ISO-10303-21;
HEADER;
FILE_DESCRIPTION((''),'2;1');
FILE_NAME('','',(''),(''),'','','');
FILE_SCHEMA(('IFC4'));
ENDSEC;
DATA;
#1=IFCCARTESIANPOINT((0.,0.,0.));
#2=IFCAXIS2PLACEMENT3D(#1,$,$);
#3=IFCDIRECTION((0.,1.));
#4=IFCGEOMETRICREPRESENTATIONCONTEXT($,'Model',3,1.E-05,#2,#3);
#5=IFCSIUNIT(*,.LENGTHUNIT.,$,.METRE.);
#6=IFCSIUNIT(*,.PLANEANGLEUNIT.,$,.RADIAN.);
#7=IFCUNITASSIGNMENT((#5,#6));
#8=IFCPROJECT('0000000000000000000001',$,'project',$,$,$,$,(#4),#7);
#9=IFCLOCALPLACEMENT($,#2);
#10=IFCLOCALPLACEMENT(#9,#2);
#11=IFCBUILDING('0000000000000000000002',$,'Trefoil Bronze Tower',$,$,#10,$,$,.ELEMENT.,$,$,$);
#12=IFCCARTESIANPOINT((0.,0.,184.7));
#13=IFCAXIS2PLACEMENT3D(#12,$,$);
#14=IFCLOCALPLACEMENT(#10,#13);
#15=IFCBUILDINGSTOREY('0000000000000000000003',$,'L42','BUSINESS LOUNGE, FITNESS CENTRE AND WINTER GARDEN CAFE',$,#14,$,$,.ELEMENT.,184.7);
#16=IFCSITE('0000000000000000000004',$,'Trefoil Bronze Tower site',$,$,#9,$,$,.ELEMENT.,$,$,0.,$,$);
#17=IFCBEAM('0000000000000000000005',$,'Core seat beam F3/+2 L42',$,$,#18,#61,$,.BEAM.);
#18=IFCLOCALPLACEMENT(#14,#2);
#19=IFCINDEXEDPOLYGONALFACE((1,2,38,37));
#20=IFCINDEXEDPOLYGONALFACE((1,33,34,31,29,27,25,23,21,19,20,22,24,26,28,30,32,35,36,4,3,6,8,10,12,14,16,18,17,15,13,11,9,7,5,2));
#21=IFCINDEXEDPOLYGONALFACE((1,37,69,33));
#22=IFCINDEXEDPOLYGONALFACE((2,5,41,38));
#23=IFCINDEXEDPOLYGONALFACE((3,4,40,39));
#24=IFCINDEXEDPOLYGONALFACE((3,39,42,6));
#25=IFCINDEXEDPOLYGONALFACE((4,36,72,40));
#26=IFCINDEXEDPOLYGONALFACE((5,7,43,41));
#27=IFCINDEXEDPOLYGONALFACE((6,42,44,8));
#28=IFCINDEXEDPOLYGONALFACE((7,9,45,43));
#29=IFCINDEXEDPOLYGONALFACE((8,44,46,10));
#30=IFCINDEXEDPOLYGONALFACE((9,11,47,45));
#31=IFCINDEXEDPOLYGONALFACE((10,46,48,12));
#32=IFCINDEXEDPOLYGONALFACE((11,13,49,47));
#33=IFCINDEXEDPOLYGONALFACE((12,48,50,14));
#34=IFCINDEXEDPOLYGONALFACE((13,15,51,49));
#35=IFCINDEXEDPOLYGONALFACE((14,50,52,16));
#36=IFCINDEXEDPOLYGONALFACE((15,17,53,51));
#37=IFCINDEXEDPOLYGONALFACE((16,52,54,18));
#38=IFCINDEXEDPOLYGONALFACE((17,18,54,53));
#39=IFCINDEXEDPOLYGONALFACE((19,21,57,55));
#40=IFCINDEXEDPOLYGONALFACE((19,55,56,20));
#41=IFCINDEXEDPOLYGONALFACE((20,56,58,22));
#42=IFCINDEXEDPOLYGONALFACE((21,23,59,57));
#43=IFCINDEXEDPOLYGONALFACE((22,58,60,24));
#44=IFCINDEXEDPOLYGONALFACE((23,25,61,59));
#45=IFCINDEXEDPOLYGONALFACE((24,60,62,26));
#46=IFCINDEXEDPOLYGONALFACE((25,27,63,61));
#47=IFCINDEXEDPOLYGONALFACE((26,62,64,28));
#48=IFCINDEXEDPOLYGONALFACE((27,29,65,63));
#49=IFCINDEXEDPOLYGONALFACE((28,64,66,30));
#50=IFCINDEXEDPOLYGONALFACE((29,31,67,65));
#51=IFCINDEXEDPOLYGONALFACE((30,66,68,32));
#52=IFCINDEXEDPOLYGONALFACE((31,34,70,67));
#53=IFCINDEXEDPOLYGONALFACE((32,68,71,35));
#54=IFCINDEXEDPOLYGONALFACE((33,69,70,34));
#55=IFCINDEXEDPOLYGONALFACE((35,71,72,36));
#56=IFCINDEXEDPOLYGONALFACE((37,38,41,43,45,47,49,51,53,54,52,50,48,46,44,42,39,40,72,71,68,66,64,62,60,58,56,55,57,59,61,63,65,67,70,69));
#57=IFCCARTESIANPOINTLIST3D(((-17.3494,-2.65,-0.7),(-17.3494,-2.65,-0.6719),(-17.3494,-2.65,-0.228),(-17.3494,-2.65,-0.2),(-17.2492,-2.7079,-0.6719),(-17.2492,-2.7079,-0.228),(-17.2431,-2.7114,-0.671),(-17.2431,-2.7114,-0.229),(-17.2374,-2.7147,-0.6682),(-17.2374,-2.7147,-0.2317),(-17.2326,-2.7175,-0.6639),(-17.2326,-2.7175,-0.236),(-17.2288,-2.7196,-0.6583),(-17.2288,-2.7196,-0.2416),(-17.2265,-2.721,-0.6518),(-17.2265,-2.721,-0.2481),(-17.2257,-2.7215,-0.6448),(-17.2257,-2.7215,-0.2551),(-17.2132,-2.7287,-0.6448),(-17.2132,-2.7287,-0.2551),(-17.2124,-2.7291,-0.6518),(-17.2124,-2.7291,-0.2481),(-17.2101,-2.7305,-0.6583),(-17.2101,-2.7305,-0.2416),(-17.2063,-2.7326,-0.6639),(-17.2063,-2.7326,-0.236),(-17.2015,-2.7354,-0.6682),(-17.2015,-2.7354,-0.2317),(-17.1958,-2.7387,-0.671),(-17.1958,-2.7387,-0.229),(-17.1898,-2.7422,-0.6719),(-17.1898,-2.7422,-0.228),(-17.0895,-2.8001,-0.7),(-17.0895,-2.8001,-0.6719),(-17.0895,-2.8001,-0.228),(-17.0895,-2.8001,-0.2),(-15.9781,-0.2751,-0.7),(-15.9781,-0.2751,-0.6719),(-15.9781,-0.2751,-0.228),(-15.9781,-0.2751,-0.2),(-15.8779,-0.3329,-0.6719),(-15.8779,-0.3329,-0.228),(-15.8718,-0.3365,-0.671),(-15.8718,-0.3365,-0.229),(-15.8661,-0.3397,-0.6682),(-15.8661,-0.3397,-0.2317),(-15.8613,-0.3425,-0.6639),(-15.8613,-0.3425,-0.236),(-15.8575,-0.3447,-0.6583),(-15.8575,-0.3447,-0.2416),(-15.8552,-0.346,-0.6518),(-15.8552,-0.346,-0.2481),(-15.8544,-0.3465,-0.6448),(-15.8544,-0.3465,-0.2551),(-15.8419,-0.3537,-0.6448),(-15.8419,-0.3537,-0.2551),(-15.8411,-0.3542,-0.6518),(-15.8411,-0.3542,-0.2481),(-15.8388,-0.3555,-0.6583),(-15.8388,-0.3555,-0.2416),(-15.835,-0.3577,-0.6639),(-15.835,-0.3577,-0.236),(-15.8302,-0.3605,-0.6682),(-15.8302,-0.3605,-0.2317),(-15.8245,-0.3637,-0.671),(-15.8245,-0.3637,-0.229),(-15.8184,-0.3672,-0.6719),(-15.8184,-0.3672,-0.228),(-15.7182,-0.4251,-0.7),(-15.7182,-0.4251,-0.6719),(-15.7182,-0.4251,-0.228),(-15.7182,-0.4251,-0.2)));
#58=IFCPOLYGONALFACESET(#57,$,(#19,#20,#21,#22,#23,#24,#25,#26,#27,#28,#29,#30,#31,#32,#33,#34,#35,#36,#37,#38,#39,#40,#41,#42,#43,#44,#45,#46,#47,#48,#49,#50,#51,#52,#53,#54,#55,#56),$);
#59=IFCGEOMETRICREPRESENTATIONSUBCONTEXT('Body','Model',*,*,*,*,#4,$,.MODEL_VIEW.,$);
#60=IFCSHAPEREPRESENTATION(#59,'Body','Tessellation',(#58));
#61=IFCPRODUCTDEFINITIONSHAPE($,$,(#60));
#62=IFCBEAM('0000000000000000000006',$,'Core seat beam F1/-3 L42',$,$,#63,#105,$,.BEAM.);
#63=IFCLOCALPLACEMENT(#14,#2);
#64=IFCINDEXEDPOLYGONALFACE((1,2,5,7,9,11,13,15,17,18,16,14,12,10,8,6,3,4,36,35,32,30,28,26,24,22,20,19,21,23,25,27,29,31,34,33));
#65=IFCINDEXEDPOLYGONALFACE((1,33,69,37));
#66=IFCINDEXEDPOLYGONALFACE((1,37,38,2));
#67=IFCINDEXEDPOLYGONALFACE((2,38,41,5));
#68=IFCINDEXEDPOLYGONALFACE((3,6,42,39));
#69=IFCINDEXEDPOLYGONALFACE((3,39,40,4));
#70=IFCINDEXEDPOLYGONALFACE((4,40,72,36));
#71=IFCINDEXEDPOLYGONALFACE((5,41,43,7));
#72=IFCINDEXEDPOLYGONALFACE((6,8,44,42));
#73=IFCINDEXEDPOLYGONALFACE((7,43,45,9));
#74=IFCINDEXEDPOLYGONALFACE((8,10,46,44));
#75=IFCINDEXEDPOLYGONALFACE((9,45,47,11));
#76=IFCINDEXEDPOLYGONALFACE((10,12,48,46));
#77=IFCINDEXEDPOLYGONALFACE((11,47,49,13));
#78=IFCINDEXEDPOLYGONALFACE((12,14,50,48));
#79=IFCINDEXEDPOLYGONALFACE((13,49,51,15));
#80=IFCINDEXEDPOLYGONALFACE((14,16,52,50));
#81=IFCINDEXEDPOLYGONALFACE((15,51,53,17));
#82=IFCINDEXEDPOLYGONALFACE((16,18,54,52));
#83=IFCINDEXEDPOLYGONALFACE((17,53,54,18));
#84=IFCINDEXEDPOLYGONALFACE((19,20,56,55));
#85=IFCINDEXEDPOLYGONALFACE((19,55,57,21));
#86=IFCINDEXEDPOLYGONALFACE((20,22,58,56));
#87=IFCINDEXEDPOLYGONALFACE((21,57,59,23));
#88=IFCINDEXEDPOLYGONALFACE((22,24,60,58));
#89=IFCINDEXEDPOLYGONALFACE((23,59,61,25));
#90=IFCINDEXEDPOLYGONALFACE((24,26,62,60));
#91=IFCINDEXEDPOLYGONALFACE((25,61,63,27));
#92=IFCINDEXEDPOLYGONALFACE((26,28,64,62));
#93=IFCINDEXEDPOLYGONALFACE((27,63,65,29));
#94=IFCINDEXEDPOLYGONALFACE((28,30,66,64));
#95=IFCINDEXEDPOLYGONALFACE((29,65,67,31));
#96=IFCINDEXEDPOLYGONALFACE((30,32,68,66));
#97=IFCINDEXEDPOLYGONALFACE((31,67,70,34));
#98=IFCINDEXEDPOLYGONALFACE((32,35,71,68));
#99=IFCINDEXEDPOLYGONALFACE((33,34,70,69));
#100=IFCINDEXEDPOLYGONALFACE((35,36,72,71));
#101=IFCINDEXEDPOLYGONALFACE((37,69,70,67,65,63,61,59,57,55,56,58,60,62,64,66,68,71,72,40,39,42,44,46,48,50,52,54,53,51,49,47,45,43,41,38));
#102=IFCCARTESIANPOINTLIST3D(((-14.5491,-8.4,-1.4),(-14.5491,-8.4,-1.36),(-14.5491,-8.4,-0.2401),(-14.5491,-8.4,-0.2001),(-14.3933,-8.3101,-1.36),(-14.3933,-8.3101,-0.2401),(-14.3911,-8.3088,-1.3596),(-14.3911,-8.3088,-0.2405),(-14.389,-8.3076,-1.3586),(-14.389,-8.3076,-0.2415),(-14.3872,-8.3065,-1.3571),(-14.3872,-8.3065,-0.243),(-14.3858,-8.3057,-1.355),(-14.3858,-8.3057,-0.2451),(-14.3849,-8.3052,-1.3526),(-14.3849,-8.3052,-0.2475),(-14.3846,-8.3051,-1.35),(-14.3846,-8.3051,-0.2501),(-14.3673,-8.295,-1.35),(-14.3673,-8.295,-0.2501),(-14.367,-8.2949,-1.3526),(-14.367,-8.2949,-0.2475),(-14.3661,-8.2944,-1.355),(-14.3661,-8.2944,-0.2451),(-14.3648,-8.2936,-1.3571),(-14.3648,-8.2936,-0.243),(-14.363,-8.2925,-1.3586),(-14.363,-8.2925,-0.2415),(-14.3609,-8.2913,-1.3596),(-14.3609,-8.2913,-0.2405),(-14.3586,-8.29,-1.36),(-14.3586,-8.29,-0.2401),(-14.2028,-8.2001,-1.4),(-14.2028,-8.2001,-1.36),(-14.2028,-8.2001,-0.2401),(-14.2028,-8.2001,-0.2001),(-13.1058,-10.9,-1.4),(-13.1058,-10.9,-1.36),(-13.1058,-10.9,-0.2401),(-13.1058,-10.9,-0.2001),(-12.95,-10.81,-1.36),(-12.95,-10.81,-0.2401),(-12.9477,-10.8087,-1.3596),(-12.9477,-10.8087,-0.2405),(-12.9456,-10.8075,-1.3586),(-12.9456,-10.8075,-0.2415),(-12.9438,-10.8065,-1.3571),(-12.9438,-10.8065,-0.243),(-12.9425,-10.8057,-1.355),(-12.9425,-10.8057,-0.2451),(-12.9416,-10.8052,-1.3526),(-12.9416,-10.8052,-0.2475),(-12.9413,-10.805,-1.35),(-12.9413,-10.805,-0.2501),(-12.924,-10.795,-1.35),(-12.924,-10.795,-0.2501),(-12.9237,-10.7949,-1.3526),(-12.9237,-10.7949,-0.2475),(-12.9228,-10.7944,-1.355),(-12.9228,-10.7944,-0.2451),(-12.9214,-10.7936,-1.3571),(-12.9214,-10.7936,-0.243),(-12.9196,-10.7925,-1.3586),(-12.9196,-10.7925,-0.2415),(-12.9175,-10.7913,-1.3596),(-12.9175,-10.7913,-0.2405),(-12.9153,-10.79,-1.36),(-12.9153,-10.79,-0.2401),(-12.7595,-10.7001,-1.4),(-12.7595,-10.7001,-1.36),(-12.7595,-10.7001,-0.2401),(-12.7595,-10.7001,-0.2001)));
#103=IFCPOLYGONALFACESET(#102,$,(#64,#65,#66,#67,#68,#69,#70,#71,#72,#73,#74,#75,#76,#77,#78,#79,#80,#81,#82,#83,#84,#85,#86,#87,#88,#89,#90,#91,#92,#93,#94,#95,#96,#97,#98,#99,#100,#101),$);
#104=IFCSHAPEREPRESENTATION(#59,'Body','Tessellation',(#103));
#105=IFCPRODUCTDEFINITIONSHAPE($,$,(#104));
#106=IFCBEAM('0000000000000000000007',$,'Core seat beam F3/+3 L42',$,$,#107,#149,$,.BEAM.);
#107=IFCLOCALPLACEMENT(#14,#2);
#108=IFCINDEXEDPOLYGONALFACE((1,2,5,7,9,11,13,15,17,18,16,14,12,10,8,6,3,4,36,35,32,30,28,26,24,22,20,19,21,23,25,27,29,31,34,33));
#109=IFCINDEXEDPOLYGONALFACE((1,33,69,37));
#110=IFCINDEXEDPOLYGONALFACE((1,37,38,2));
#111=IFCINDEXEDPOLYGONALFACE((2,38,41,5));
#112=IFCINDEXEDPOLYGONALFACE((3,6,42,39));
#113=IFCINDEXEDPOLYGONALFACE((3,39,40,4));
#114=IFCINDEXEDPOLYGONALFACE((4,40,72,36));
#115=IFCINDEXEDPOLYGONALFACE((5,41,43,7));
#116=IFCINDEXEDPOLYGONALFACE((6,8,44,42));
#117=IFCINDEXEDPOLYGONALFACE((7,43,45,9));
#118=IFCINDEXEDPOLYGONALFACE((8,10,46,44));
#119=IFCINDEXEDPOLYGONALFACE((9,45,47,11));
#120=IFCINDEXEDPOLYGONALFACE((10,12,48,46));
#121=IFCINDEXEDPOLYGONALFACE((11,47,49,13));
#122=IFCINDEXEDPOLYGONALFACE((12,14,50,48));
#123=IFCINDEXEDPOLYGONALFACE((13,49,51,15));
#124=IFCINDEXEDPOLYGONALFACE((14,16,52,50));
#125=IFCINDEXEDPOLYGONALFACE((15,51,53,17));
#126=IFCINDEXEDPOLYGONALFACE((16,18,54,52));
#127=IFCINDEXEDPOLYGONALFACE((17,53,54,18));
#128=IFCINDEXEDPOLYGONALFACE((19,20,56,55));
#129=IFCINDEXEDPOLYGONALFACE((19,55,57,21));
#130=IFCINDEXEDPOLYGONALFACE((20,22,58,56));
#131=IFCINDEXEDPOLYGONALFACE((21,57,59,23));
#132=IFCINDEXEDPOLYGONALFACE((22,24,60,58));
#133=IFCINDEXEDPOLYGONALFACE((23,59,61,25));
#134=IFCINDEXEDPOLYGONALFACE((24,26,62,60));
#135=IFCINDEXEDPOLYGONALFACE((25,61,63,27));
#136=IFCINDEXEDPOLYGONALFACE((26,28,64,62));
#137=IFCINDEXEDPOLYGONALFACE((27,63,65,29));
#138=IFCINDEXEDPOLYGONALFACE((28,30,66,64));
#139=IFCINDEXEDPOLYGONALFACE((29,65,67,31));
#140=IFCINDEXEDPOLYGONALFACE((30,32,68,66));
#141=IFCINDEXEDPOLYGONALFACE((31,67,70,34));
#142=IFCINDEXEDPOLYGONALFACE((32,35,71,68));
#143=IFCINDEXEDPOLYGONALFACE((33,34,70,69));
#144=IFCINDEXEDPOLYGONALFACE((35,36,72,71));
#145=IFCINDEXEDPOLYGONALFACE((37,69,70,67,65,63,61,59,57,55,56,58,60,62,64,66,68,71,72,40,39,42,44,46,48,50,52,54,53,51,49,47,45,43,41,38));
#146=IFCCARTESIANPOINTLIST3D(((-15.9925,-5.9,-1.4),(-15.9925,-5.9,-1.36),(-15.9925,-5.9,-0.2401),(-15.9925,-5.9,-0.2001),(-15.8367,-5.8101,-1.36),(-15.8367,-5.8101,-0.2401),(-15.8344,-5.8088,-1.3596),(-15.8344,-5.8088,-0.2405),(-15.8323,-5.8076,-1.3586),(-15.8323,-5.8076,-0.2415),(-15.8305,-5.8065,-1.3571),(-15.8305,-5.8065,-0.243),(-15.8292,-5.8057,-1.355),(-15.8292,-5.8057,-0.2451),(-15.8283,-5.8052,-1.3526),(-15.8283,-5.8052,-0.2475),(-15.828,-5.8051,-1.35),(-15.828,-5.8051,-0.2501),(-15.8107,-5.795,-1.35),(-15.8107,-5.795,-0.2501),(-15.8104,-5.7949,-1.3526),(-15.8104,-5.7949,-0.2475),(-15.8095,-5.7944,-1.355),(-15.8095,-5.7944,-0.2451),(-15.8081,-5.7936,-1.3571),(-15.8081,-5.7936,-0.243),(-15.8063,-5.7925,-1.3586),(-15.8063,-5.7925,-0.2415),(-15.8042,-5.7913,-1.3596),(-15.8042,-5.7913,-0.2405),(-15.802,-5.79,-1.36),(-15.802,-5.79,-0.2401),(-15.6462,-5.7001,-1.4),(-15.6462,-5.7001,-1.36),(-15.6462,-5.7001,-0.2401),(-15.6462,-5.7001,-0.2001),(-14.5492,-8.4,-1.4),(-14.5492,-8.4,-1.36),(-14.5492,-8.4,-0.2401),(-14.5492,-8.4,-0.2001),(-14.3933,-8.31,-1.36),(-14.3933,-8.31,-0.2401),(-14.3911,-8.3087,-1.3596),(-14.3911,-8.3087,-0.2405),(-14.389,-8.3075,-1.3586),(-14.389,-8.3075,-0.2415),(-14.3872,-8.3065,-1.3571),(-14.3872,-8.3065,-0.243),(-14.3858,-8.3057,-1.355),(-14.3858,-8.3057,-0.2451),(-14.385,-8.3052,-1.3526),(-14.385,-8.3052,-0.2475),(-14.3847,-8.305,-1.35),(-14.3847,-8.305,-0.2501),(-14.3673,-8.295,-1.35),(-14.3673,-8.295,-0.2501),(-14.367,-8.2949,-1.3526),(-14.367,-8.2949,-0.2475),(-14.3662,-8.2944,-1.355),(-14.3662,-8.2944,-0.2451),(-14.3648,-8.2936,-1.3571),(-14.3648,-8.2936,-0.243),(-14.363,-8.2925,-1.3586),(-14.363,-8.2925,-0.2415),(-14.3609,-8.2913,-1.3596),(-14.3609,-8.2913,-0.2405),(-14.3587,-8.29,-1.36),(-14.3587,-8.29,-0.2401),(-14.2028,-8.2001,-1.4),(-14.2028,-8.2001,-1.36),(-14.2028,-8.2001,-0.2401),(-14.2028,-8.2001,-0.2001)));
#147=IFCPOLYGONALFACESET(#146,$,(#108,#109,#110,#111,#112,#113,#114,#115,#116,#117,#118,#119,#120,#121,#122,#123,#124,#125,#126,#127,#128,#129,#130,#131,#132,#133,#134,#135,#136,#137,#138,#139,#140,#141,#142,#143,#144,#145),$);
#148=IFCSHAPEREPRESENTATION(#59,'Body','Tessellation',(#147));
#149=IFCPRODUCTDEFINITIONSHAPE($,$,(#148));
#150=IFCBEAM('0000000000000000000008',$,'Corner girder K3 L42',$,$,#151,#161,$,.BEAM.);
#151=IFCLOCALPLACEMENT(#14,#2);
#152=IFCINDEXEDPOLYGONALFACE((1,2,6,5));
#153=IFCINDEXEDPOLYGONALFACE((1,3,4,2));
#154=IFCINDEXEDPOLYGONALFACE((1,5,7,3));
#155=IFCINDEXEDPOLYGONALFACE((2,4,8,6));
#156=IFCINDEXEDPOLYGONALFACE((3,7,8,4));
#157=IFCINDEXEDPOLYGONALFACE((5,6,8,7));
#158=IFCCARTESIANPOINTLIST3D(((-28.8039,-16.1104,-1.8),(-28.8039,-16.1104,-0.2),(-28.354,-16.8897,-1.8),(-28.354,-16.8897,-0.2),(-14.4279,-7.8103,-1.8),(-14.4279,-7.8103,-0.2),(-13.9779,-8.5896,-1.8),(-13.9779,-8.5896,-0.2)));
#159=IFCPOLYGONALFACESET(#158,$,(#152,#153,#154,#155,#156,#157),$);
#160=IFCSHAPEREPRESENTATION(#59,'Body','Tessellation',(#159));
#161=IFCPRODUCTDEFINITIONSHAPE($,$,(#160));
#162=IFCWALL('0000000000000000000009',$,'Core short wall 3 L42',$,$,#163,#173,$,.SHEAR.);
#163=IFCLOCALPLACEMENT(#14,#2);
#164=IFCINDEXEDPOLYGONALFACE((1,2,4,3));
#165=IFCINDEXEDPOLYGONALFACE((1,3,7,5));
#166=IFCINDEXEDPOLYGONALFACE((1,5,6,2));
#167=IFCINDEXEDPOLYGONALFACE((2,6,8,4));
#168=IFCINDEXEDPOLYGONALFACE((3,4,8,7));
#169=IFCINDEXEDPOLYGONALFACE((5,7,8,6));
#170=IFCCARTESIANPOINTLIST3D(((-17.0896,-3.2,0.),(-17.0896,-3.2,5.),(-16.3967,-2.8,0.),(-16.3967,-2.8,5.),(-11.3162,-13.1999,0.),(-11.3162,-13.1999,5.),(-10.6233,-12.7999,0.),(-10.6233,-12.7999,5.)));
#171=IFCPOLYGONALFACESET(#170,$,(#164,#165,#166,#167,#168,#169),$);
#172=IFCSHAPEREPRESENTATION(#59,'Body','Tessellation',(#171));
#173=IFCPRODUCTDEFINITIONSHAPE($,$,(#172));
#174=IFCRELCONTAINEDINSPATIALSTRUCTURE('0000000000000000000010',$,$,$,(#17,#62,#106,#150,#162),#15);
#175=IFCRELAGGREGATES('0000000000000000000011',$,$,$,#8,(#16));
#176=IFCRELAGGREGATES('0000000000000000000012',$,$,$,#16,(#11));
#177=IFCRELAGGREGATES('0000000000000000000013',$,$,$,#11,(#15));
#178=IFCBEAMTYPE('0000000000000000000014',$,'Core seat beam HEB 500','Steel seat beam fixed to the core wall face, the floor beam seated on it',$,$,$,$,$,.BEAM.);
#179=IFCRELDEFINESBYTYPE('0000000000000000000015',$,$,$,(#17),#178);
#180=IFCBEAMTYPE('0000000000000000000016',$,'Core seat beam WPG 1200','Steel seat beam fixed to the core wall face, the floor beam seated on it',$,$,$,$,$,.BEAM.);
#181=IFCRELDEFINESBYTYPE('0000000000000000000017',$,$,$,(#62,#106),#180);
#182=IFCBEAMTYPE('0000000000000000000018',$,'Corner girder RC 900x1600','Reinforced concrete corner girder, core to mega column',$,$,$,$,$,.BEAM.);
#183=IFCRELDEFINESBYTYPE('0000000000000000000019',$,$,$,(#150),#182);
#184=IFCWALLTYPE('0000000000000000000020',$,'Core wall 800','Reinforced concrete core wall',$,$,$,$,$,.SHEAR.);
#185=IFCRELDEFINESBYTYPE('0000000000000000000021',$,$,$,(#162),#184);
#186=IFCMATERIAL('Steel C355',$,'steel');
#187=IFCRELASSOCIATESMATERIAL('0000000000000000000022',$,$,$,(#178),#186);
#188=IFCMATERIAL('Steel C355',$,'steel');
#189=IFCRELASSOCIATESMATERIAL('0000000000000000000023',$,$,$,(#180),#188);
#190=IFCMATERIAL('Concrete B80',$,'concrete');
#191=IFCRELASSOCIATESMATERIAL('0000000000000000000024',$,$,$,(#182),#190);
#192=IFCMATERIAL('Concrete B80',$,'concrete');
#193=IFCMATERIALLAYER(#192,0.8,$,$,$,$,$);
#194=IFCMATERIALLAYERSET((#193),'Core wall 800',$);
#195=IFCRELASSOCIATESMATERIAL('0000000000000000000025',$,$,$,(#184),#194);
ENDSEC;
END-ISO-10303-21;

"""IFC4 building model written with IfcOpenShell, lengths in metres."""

from ifc_helpers import new_model, si_unit, direction, frame, frame_2d, origin, origin_2d, place, context, subcontext, project, spatial, rectangle, i_section, extrude, material, layer, layer_set, material_profile, profile_set, type_object, element, save


model = new_model("IFC4")

# Units and contexts
model_context = context("Model", 3, precision=1e-05, world=origin(), true_north=direction((0.0, 1.0)))
body_context = subcontext(model_context, "Body", "Model", "MODEL_VIEW")
ifc_project = project(units=[si_unit("LENGTHUNIT", "METRE"), si_unit("PLANEANGLEUNIT", "RADIAN")], contexts=[model_context])

# Site, building, storey
site_placement = place(None, origin())
site = spatial("IfcSite", under=ifc_project, at=site_placement, Name="Trefoil Bronze Tower site", CompositionType="ELEMENT", RefElevation=0.0)
building_placement = place(site_placement, origin())
building = spatial("IfcBuilding", under=site, at=building_placement, Name="Trefoil Bronze Tower", CompositionType="ELEMENT")
storey_placement = place(building_placement, frame((0.0, 0.0, 184.7)))
storey = spatial("IfcBuildingStorey", under=building, at=storey_placement, Name="L42", Description="BUSINESS LOUNGE, FITNESS CENTRE AND WINTER GARDEN CAFE", CompositionType="ELEMENT", Elevation=184.7)

# Beams
ifc_material_1 = material(Name="Steel C355", Category="steel")
ifc_material_profile_1 = material_profile(ifc_material_1, i_section(OverallWidth=0.3, OverallDepth=0.5, WebThickness=0.0144, FlangeThickness=0.0281, FilletRadius=0.0271, at=origin_2d()), Name="HEB 500")
ifc_profile_set_1 = profile_set([ifc_material_profile_1], Name="Steel C355")
beam_type_1 = type_object("IfcBeamType", Name="Core seat beam HEB 500", Description="Steel seat beam fixed to the core wall face, the floor beam seated on it", PredefinedType="BEAM", material=ifc_profile_set_1)
beam_1_placement = place(storey_placement, frame((-15.8481, -0.3501, -0.45), z_axis=(-0.500036, -0.866005, 0.0), x_axis=(0.866005, -0.500036, 0.0)))
element("IfcBeam", 1, at=beam_1_placement, inside=storey, type_object=beam_type_1, Name="Core seat beam F3/+2 L42", PredefinedType="BEAM", context=body_context, shape_type="SweptSolid", body=[
    extrude(i_section(OverallWidth=0.3, OverallDepth=0.5, WebThickness=0.0144, FlangeThickness=0.0281, FilletRadius=0.0271, at=origin_2d()), origin(), (0.0, 0.0, 1.0), 2.7424),
])
ifc_material_2 = material(Name="Steel C355", Category="steel")
ifc_material_profile_2 = material_profile(ifc_material_2, i_section(OverallWidth=0.3999, OverallDepth=1.2, WebThickness=0.02, FlangeThickness=0.04, FilletRadius=0.01, at=origin_2d()), Name="WPG 1200")
ifc_profile_set_2 = profile_set([ifc_material_profile_2], Name="Steel C355")
beam_type_2 = type_object("IfcBeamType", Name="Core seat beam WPG 1200", Description="Steel seat beam fixed to the core wall face, the floor beam seated on it", PredefinedType="BEAM", material=ifc_profile_set_2)
for number, where, z_axis, x_axis, name in (
    (2, (-14.376, -8.3, -0.8), (0.499996, -0.866028, 0.0), (0.866028, 0.499996, 0.0), "Core seat beam F1/-3 L42"),
    (3, (-15.8193, -5.8, -0.8), (0.499996, -0.866028, 0.0), (0.866028, 0.499996, 0.0), "Core seat beam F3/+3 L42"),
):
    element("IfcBeam", number, at=place(storey_placement, frame(where, z_axis=z_axis, x_axis=x_axis)), inside=storey, type_object=beam_type_2, Name=name, PredefinedType="BEAM", context=body_context, shape_type="SweptSolid", body=[
        extrude(i_section(OverallWidth=0.3999, OverallDepth=1.2, WebThickness=0.02, FlangeThickness=0.04, FilletRadius=0.01, at=origin_2d()), origin(), (0.0, 0.0, 1.0), 2.8867),
    ])
ifc_material_3 = material(Name="Concrete B80", Category="concrete")
ifc_material_profile_3 = material_profile(ifc_material_3, rectangle(XDim=0.8999, YDim=1.6001, at=origin_2d()), Name="RC 900x1600")
ifc_profile_set_3 = profile_set([ifc_material_profile_3], Name="Concrete B80")
beam_type_3 = type_object("IfcBeamType", Name="Corner girder RC 900x1600", Description="Reinforced concrete corner girder, core to mega column", PredefinedType="BEAM", material=ifc_profile_set_3)
beam_2_placement = place(storey_placement, frame((-14.2029, -8.2, -1.0), z_axis=(-0.866023, -0.500003, 0.0), x_axis=(0.500003, -0.866023, 0.0)))
element("IfcBeam", 4, at=beam_2_placement, inside=storey, type_object=beam_type_3, Name="Corner girder K3 L42", PredefinedType="BEAM", context=body_context, shape_type="SweptSolid", body=[
    extrude(rectangle(XDim=0.8999, YDim=1.6001, at=origin_2d()), origin(), (0.0, 0.0, 1.0), 16.6001),
])

# Wall
ifc_material_4 = material(Name="Concrete B80", Category="concrete")
ifc_layer_1 = layer(ifc_material_4, 0.8)
ifc_layer_set_1 = layer_set([ifc_layer_1], Name="Core wall 800")
wall_type_1 = type_object("IfcWallType", Name="Core wall 800", Description="Reinforced concrete core wall", PredefinedType="SHEAR", material=ifc_layer_set_1)
wall_1_placement = place(storey_placement, frame((-16.7432, -3.0, 0.0), z_axis=(0.0, 0.0, 1.0), x_axis=(0.499996, -0.866028, 0.0)))
element("IfcWall", 5, at=wall_1_placement, inside=storey, type_object=wall_type_1, Name="Core short wall 3 L42", PredefinedType="SHEAR", context=body_context, shape_type="SweptSolid", body=[
    extrude(rectangle(XDim=11.5469, YDim=0.8, at=frame_2d((5.7734, 0.0))), origin(), (0.0, 0.0, 1.0), 5.0),
])

save(model, "model.ifc")
